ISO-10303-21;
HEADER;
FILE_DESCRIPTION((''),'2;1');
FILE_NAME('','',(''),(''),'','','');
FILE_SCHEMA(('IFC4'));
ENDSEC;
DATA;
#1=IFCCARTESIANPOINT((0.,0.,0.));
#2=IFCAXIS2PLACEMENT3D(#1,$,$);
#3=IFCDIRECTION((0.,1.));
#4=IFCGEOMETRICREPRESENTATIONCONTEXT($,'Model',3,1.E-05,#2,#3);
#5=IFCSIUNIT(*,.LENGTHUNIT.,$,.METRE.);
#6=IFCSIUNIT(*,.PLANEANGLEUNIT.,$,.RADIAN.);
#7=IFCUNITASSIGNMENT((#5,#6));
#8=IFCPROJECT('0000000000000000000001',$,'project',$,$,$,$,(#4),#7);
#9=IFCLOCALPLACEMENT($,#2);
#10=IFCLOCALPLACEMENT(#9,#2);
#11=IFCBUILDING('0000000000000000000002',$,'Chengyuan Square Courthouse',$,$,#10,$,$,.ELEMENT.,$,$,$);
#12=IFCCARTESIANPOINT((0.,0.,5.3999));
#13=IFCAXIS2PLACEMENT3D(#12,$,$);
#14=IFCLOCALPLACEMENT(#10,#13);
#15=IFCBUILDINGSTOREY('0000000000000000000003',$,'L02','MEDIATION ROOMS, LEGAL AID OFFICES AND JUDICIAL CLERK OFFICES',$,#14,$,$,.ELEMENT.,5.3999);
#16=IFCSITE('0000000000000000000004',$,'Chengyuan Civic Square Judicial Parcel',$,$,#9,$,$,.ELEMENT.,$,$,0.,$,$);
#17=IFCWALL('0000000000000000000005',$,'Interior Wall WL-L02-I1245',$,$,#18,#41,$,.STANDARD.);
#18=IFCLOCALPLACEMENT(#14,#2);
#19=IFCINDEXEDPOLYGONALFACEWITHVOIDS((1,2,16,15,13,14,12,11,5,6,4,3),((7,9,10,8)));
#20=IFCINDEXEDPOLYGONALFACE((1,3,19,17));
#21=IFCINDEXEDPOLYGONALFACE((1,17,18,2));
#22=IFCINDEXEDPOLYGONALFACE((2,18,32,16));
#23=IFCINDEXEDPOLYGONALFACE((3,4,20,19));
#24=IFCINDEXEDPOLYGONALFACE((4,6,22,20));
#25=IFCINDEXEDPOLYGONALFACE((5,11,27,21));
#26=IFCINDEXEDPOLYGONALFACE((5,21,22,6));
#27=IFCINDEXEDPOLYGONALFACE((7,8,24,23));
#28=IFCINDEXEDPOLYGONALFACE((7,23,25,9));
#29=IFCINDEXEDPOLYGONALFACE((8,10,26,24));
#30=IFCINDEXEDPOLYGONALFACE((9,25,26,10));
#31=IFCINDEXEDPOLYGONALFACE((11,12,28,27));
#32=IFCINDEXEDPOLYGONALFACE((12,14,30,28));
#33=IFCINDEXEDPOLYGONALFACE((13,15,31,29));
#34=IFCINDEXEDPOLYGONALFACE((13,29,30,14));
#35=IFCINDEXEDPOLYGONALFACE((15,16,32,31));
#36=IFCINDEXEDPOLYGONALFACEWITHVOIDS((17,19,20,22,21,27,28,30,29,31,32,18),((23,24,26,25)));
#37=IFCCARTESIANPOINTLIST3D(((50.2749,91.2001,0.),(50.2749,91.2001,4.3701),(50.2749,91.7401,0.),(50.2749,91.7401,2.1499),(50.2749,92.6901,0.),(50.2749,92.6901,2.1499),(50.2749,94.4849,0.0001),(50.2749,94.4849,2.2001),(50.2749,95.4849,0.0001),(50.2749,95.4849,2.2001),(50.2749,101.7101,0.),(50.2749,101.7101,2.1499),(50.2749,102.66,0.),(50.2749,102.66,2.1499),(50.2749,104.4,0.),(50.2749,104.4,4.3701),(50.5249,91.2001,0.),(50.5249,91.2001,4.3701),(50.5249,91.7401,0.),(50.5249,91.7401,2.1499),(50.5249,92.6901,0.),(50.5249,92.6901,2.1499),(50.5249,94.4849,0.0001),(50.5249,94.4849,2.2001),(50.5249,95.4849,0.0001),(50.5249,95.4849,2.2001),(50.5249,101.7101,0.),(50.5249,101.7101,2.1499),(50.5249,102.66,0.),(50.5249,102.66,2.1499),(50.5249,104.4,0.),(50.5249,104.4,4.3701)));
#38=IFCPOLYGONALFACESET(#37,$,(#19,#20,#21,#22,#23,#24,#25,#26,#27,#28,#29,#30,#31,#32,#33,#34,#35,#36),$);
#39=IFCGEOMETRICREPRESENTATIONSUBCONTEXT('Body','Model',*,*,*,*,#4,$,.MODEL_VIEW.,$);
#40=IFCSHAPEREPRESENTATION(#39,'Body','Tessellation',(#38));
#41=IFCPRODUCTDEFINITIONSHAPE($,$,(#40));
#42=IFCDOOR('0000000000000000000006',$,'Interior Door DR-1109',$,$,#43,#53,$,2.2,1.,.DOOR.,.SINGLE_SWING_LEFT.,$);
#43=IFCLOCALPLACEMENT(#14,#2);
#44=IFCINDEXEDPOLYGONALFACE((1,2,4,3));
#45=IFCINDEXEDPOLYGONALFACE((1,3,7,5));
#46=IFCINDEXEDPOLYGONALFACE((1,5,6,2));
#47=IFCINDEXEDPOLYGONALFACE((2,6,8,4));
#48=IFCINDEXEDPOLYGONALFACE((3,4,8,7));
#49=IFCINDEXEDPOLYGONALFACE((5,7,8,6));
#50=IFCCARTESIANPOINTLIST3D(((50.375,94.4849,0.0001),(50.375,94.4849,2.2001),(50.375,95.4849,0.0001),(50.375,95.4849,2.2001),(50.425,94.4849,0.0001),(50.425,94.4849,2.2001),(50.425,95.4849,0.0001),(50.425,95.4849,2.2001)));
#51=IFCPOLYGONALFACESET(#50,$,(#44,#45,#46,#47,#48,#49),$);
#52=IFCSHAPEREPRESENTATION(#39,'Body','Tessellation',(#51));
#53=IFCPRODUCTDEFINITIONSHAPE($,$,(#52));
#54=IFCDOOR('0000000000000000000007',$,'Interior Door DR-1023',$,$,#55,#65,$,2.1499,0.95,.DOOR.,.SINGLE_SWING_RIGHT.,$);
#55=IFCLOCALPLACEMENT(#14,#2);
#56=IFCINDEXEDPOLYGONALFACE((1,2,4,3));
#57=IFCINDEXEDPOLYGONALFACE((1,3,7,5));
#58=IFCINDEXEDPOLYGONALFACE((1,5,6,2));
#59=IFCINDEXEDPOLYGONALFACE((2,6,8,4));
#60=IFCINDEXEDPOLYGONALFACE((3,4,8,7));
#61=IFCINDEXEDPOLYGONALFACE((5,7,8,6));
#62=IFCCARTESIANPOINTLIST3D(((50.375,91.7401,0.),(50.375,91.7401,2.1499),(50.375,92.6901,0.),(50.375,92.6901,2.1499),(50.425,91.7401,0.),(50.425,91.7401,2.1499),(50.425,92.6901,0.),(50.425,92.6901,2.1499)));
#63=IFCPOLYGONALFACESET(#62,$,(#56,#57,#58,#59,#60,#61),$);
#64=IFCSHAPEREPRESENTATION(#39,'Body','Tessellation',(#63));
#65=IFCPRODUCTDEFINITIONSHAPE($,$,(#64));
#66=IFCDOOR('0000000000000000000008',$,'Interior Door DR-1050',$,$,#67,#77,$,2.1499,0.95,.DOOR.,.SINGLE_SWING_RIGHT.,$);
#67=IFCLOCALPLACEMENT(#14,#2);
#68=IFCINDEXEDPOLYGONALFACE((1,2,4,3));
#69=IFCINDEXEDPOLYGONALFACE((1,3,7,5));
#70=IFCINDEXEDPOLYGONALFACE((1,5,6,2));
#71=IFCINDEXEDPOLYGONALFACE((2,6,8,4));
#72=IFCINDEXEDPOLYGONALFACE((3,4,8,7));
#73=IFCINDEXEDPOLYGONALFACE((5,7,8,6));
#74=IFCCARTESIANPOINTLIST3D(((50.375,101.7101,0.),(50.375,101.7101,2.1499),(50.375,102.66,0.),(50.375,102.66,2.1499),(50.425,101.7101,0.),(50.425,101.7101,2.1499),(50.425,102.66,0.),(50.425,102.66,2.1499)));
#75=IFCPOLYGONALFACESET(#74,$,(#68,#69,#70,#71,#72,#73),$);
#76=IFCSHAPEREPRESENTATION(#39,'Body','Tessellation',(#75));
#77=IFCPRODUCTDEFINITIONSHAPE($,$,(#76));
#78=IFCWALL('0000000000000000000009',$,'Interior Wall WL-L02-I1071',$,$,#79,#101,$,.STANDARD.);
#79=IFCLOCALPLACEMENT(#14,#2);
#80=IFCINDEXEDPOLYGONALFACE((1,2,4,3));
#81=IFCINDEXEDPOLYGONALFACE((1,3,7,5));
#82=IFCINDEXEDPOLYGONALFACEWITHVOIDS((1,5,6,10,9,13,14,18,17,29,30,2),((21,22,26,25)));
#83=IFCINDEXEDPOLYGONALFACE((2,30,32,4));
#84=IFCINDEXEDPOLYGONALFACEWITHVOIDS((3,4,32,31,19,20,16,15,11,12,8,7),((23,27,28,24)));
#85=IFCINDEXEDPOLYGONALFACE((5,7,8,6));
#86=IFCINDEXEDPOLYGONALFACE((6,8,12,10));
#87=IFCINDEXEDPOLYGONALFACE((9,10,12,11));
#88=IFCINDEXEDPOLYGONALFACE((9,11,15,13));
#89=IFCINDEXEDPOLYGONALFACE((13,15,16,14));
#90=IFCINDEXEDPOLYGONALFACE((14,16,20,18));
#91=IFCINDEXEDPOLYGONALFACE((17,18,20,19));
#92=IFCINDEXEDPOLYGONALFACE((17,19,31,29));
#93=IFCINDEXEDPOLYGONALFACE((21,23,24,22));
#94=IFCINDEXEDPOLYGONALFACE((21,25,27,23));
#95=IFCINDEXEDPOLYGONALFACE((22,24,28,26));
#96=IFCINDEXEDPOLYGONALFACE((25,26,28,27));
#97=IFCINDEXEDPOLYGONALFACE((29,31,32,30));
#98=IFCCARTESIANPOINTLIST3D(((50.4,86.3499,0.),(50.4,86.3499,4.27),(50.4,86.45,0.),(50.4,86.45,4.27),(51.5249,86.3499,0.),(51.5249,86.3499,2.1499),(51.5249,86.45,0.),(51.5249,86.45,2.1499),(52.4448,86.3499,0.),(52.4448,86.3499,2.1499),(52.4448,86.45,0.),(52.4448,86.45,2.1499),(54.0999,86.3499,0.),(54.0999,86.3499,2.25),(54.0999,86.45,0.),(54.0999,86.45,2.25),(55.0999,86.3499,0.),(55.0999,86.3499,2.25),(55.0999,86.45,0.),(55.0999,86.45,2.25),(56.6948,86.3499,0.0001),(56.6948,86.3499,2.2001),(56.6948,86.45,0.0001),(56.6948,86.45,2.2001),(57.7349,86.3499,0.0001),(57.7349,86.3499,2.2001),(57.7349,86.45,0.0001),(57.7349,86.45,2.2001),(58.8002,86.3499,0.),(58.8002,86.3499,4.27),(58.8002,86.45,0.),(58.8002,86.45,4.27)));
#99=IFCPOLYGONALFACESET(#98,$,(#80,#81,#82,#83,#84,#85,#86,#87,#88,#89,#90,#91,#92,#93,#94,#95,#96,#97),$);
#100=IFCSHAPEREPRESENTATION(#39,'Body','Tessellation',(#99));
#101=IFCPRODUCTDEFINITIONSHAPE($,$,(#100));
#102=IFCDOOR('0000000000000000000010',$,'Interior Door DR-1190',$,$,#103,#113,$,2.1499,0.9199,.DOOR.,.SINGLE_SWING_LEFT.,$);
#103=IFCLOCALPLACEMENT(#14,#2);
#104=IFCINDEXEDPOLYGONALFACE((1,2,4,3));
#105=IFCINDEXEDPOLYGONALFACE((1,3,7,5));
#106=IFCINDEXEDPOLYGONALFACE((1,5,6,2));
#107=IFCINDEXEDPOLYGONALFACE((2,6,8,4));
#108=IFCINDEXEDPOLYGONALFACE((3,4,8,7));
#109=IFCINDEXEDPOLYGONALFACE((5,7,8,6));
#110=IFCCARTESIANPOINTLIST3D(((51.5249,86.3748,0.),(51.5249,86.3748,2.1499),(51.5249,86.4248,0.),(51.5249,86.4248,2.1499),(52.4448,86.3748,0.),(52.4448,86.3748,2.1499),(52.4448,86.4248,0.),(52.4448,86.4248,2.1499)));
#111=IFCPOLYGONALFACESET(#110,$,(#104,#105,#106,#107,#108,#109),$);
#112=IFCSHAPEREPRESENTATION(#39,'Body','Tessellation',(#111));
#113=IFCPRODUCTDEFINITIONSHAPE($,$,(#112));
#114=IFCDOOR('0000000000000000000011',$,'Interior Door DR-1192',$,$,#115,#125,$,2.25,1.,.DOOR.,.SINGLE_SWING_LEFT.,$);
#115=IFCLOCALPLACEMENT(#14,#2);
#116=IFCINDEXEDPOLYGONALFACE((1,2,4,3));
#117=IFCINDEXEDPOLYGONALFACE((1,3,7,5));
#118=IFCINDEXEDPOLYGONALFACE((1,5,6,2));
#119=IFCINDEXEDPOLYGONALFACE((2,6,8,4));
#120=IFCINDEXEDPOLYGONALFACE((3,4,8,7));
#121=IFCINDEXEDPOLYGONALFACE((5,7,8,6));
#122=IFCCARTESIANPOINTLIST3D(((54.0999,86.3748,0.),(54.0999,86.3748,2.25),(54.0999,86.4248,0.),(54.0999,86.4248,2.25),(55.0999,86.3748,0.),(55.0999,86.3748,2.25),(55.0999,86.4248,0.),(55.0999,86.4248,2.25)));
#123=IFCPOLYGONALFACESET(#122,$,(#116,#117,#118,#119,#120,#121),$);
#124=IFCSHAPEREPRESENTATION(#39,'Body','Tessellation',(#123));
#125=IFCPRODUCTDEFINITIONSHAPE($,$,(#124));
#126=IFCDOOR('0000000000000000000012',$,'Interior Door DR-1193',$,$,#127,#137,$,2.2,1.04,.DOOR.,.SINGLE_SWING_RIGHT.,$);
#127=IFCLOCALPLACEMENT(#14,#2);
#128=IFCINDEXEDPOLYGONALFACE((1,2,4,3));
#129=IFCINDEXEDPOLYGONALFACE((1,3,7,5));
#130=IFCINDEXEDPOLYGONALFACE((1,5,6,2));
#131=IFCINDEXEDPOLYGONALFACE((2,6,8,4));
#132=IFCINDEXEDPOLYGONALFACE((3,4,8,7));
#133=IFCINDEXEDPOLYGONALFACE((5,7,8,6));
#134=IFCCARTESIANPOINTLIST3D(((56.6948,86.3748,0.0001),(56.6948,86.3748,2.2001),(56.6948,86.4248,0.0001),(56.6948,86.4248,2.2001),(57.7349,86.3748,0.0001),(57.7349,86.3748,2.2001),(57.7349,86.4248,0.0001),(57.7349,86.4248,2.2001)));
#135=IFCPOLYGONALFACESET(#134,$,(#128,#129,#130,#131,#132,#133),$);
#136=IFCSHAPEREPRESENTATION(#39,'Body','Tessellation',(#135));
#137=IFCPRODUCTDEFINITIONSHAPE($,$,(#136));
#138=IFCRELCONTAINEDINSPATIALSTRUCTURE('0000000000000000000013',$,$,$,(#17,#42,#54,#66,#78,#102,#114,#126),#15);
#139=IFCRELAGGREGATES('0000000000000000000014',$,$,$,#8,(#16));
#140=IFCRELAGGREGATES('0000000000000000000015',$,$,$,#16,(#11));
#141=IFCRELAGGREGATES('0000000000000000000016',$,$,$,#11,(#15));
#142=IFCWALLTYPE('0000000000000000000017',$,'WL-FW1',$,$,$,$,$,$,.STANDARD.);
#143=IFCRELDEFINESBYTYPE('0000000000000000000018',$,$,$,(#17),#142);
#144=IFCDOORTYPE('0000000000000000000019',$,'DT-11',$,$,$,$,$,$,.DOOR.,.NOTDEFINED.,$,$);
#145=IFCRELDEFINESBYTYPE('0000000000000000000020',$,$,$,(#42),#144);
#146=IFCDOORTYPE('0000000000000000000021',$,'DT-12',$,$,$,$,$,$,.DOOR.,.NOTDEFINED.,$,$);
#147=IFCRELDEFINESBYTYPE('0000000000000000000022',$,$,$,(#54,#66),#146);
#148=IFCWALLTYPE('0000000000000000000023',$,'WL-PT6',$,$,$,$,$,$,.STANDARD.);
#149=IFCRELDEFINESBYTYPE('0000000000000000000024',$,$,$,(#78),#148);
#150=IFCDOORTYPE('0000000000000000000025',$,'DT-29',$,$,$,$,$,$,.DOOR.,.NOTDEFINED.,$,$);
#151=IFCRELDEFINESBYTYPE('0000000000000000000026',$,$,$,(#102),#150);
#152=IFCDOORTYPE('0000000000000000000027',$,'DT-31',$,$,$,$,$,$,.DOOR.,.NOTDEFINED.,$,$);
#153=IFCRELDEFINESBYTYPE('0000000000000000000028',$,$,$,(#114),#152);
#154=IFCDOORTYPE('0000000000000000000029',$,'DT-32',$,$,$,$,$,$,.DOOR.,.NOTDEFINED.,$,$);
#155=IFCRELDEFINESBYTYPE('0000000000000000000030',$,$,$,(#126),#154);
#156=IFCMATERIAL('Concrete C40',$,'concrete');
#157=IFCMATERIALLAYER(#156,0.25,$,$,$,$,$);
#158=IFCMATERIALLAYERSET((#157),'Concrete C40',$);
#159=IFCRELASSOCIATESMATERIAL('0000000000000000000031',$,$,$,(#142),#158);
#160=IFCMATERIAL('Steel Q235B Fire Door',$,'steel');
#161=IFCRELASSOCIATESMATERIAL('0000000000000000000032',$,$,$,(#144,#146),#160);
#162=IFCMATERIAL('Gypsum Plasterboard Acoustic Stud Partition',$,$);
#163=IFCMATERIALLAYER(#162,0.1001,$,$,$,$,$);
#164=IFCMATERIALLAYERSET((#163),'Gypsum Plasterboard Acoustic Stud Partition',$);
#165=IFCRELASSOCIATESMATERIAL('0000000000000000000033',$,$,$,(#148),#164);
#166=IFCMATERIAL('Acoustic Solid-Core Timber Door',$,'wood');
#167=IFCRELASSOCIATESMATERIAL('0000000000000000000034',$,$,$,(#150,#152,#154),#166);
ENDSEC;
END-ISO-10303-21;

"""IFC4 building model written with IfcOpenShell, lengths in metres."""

from ifc_helpers import new_model, si_unit, direction, frame, frame_2d, origin, place, context, subcontext, project, spatial, rectangle, extrude, material, layer, layer_set, type_object, element, fill, save


model = new_model("IFC4")

# Units and contexts
model_context = context("Model", 3, precision=1e-05, world=origin(), true_north=direction((0.0, 1.0)))
body_context = subcontext(model_context, "Body", "Model", "MODEL_VIEW")
ifc_project = project(units=[si_unit("LENGTHUNIT", "METRE"), si_unit("PLANEANGLEUNIT", "RADIAN")], contexts=[model_context])

# Site, building, storey
site_placement = place(None, origin())
site = spatial("IfcSite", under=ifc_project, at=site_placement, Name="Chengyuan Civic Square Judicial Parcel", CompositionType="ELEMENT", RefElevation=0.0)
building_placement = place(site_placement, origin())
building = spatial("IfcBuilding", under=site, at=building_placement, Name="Chengyuan Square Courthouse", CompositionType="ELEMENT")
storey_placement = place(building_placement, frame((0.0, 0.0, 5.3999)))
storey = spatial("IfcBuildingStorey", under=building, at=storey_placement, Name="L02", Description="MEDIATION ROOMS, LEGAL AID OFFICES AND JUDICIAL CLERK OFFICES", CompositionType="ELEMENT", Elevation=5.3999)

# Shared definitions
ifc_material_1 = material(Name="Concrete C40", Category="concrete")

# Shared definitions
ifc_layer_1 = layer(ifc_material_1, 0.25)
ifc_layer_set_1 = layer_set([ifc_layer_1], Name="Concrete C40")
wall_type_1 = type_object("IfcWallType", Name="WL-FW1", PredefinedType="STANDARD", material=ifc_layer_set_1)
ifc_material_2 = material(Name="Steel Q235B Fire Door", Category="steel")

# Walls, openings, doors
wall_1_placement = place(storey_placement, frame((50.3999, 91.2, 0.0), z_axis=(0.0, 0.0, 1.0), x_axis=(0.0, 1.0, 0.0)))
wall_1 = element("IfcWall", 1, at=wall_1_placement, inside=storey, type_object=wall_type_1, Name="Interior Wall WL-L02-I1245", PredefinedType="STANDARD", context=body_context, shape_type="SweptSolid", body=[
    extrude(rectangle(XDim=13.2, YDim=0.25, at=frame_2d((6.6001, 0.0))), origin(), (0.0, 0.0, 1.0), 4.3701),
])
opening_1_placement = place(wall_1_placement, frame((0.54, 0.0, 0.0)))
opening_1 = element("IfcOpeningElement", 2, at=opening_1_placement, cuts=wall_1, PredefinedType="OPENING", context=body_context, shape_type="SweptSolid", body=[
    extrude(rectangle(XDim=0.95, YDim=2.1499, at=frame_2d((0.4751, 1.075))), frame((0.0, 0.137, 0.0), z_axis=(0.0, -1.0, 0.0), x_axis=(1.0, 0.0, 0.0)), (0.0, 0.0, 1.0), 0.2739),
])
opening_2_placement = place(wall_1_placement, frame((10.51, 0.0, 0.0)))
opening_2 = element("IfcOpeningElement", 3, at=opening_2_placement, cuts=wall_1, PredefinedType="OPENING", context=body_context, shape_type="SweptSolid", body=[
    extrude(rectangle(XDim=0.95, YDim=2.1499, at=frame_2d((0.4751, 1.075))), frame((0.0, 0.137, 0.0), z_axis=(0.0, -1.0, 0.0), x_axis=(1.0, 0.0, 0.0)), (0.0, 0.0, 1.0), 0.2739),
])
opening_3_placement = place(wall_1_placement, frame((3.2849, 0.0, 0.0)))
opening_3 = element("IfcOpeningElement", 4, at=opening_3_placement, cuts=wall_1, PredefinedType="OPENING", context=body_context, shape_type="SweptSolid", body=[
    extrude(rectangle(XDim=1.0, YDim=2.2, at=frame_2d((0.5, 1.1001))), frame((0.0, 0.137, 0.0), z_axis=(0.0, -1.0, 0.0), x_axis=(1.0, 0.0, 0.0)), (0.0, 0.0, 1.0), 0.2739),
])
door_type_1 = type_object("IfcDoorType", Name="DT-11", OperationType="NOTDEFINED", PredefinedType="DOOR", material=ifc_material_2)
door_1_placement = place(opening_3_placement, origin())
door_1 = element("IfcDoor", 5, at=door_1_placement, inside=storey, type_object=door_type_1, Name="Interior Door DR-1109", OperationType="SINGLE_SWING_LEFT", OverallHeight=2.2, OverallWidth=1.0, PredefinedType="DOOR", context=body_context, shape_type="SweptSolid", body=[
    extrude(rectangle(XDim=1.0, YDim=2.2, at=frame_2d((0.5, 1.1001))), frame((0.0, 0.0249, 0.0), z_axis=(0.0, -1.0, 0.0), x_axis=(1.0, 0.0, 0.0)), (0.0, 0.0, 1.0), 0.05),
])
fill(opening_3, door_1)
door_type_2 = type_object("IfcDoorType", Name="DT-12", OperationType="NOTDEFINED", PredefinedType="DOOR", material=ifc_material_2)
door_2_placement = place(opening_1_placement, origin())
door_2 = element("IfcDoor", 6, at=door_2_placement, inside=storey, type_object=door_type_2, Name="Interior Door DR-1023", OperationType="SINGLE_SWING_RIGHT", OverallHeight=2.1499, OverallWidth=0.95, PredefinedType="DOOR", context=body_context, shape_type="SweptSolid", body=[
    extrude(rectangle(XDim=0.95, YDim=2.1499, at=frame_2d((0.4751, 1.075))), frame((0.0, 0.0249, 0.0), z_axis=(0.0, -1.0, 0.0), x_axis=(1.0, 0.0, 0.0)), (0.0, 0.0, 1.0), 0.05),
])
fill(opening_1, door_2)
door_3_placement = place(opening_2_placement, origin())
door_3 = element("IfcDoor", 7, at=door_3_placement, inside=storey, type_object=door_type_2, Name="Interior Door DR-1050", OperationType="SINGLE_SWING_RIGHT", OverallHeight=2.1499, OverallWidth=0.95, PredefinedType="DOOR", context=body_context, shape_type="SweptSolid", body=[
    extrude(rectangle(XDim=0.95, YDim=2.1499, at=frame_2d((0.4751, 1.075))), frame((0.0, 0.0249, 0.0), z_axis=(0.0, -1.0, 0.0), x_axis=(1.0, 0.0, 0.0)), (0.0, 0.0, 1.0), 0.05),
])
fill(opening_2, door_3)
ifc_material_3 = material(Name="Gypsum Plasterboard Acoustic Stud Partition")
ifc_layer_2 = layer(ifc_material_3, 0.1001)
ifc_layer_set_2 = layer_set([ifc_layer_2], Name="Gypsum Plasterboard Acoustic Stud Partition")
wall_type_2 = type_object("IfcWallType", Name="WL-PT6", PredefinedType="STANDARD", material=ifc_layer_set_2)
wall_2_placement = place(storey_placement, frame((50.3999, 86.3999, 0.0), z_axis=(0.0, 0.0, 1.0), x_axis=(1.0, 0.0, 0.0)))
wall_2 = element("IfcWall", 8, at=wall_2_placement, inside=storey, type_object=wall_type_2, Name="Interior Wall WL-L02-I1071", PredefinedType="STANDARD", context=body_context, shape_type="SweptSolid", body=[
    extrude(rectangle(XDim=8.4001, YDim=0.1001, at=frame_2d((4.2002, 0.0))), origin(), (0.0, 0.0, 1.0), 4.27),
])
opening_4_placement = place(wall_2_placement, frame((1.125, 0.0, 0.0)))
opening_4 = element("IfcOpeningElement", 9, at=opening_4_placement, cuts=wall_2, PredefinedType="OPENING", context=body_context, shape_type="SweptSolid", body=[
    extrude(rectangle(XDim=0.9199, YDim=2.1499, at=frame_2d((0.46, 1.075))), frame((0.0, 0.062, 0.0), z_axis=(0.0, -1.0, 0.0), x_axis=(1.0, 0.0, 0.0)), (0.0, 0.0, 1.0), 0.124),
])
opening_5_placement = place(wall_2_placement, frame((3.7, 0.0, 0.0)))
opening_5 = element("IfcOpeningElement", 10, at=opening_5_placement, cuts=wall_2, PredefinedType="OPENING", context=body_context, shape_type="SweptSolid", body=[
    extrude(rectangle(XDim=1.0, YDim=2.25, at=frame_2d((0.5, 1.125))), frame((0.0, 0.062, 0.0), z_axis=(0.0, -1.0, 0.0), x_axis=(1.0, 0.0, 0.0)), (0.0, 0.0, 1.0), 0.124),
])
opening_6_placement = place(wall_2_placement, frame((6.2949, 0.0, 0.0)))
opening_6 = element("IfcOpeningElement", 11, at=opening_6_placement, cuts=wall_2, PredefinedType="OPENING", context=body_context, shape_type="SweptSolid", body=[
    extrude(rectangle(XDim=1.04, YDim=2.2, at=frame_2d((0.52, 1.1001))), frame((0.0, 0.062, 0.0), z_axis=(0.0, -1.0, 0.0), x_axis=(1.0, 0.0, 0.0)), (0.0, 0.0, 1.0), 0.124),
])
ifc_material_4 = material(Name="Acoustic Solid-Core Timber Door", Category="wood")
door_type_3 = type_object("IfcDoorType", Name="DT-29", OperationType="NOTDEFINED", PredefinedType="DOOR", material=ifc_material_4)
door_4_placement = place(opening_4_placement, origin())
door_4 = element("IfcDoor", 12, at=door_4_placement, inside=storey, type_object=door_type_3, Name="Interior Door DR-1190", OperationType="SINGLE_SWING_LEFT", OverallHeight=2.1499, OverallWidth=0.9199, PredefinedType="DOOR", context=body_context, shape_type="SweptSolid", body=[
    extrude(rectangle(XDim=0.9199, YDim=2.1499, at=frame_2d((0.46, 1.075))), frame((0.0, 0.0249, 0.0), z_axis=(0.0, -1.0, 0.0), x_axis=(1.0, 0.0, 0.0)), (0.0, 0.0, 1.0), 0.05),
])
fill(opening_4, door_4)
door_type_4 = type_object("IfcDoorType", Name="DT-31", OperationType="NOTDEFINED", PredefinedType="DOOR", material=ifc_material_4)
door_5_placement = place(opening_5_placement, origin())
door_5 = element("IfcDoor", 13, at=door_5_placement, inside=storey, type_object=door_type_4, Name="Interior Door DR-1192", OperationType="SINGLE_SWING_LEFT", OverallHeight=2.25, OverallWidth=1.0, PredefinedType="DOOR", context=body_context, shape_type="SweptSolid", body=[
    extrude(rectangle(XDim=1.0, YDim=2.25, at=frame_2d((0.5, 1.125))), frame((0.0, 0.0249, 0.0), z_axis=(0.0, -1.0, 0.0), x_axis=(1.0, 0.0, 0.0)), (0.0, 0.0, 1.0), 0.05),
])
fill(opening_5, door_5)
door_type_5 = type_object("IfcDoorType", Name="DT-32", OperationType="NOTDEFINED", PredefinedType="DOOR", material=ifc_material_4)
door_6_placement = place(opening_6_placement, origin())
door_6 = element("IfcDoor", 14, at=door_6_placement, inside=storey, type_object=door_type_5, Name="Interior Door DR-1193", OperationType="SINGLE_SWING_RIGHT", OverallHeight=2.2, OverallWidth=1.04, PredefinedType="DOOR", context=body_context, shape_type="SweptSolid", body=[
    extrude(rectangle(XDim=1.04, YDim=2.2, at=frame_2d((0.52, 1.1001))), frame((0.0, 0.0249, 0.0), z_axis=(0.0, -1.0, 0.0), x_axis=(1.0, 0.0, 0.0)), (0.0, 0.0, 1.0), 0.05),
])
fill(opening_6, door_6)

save(model, "model.ifc")
